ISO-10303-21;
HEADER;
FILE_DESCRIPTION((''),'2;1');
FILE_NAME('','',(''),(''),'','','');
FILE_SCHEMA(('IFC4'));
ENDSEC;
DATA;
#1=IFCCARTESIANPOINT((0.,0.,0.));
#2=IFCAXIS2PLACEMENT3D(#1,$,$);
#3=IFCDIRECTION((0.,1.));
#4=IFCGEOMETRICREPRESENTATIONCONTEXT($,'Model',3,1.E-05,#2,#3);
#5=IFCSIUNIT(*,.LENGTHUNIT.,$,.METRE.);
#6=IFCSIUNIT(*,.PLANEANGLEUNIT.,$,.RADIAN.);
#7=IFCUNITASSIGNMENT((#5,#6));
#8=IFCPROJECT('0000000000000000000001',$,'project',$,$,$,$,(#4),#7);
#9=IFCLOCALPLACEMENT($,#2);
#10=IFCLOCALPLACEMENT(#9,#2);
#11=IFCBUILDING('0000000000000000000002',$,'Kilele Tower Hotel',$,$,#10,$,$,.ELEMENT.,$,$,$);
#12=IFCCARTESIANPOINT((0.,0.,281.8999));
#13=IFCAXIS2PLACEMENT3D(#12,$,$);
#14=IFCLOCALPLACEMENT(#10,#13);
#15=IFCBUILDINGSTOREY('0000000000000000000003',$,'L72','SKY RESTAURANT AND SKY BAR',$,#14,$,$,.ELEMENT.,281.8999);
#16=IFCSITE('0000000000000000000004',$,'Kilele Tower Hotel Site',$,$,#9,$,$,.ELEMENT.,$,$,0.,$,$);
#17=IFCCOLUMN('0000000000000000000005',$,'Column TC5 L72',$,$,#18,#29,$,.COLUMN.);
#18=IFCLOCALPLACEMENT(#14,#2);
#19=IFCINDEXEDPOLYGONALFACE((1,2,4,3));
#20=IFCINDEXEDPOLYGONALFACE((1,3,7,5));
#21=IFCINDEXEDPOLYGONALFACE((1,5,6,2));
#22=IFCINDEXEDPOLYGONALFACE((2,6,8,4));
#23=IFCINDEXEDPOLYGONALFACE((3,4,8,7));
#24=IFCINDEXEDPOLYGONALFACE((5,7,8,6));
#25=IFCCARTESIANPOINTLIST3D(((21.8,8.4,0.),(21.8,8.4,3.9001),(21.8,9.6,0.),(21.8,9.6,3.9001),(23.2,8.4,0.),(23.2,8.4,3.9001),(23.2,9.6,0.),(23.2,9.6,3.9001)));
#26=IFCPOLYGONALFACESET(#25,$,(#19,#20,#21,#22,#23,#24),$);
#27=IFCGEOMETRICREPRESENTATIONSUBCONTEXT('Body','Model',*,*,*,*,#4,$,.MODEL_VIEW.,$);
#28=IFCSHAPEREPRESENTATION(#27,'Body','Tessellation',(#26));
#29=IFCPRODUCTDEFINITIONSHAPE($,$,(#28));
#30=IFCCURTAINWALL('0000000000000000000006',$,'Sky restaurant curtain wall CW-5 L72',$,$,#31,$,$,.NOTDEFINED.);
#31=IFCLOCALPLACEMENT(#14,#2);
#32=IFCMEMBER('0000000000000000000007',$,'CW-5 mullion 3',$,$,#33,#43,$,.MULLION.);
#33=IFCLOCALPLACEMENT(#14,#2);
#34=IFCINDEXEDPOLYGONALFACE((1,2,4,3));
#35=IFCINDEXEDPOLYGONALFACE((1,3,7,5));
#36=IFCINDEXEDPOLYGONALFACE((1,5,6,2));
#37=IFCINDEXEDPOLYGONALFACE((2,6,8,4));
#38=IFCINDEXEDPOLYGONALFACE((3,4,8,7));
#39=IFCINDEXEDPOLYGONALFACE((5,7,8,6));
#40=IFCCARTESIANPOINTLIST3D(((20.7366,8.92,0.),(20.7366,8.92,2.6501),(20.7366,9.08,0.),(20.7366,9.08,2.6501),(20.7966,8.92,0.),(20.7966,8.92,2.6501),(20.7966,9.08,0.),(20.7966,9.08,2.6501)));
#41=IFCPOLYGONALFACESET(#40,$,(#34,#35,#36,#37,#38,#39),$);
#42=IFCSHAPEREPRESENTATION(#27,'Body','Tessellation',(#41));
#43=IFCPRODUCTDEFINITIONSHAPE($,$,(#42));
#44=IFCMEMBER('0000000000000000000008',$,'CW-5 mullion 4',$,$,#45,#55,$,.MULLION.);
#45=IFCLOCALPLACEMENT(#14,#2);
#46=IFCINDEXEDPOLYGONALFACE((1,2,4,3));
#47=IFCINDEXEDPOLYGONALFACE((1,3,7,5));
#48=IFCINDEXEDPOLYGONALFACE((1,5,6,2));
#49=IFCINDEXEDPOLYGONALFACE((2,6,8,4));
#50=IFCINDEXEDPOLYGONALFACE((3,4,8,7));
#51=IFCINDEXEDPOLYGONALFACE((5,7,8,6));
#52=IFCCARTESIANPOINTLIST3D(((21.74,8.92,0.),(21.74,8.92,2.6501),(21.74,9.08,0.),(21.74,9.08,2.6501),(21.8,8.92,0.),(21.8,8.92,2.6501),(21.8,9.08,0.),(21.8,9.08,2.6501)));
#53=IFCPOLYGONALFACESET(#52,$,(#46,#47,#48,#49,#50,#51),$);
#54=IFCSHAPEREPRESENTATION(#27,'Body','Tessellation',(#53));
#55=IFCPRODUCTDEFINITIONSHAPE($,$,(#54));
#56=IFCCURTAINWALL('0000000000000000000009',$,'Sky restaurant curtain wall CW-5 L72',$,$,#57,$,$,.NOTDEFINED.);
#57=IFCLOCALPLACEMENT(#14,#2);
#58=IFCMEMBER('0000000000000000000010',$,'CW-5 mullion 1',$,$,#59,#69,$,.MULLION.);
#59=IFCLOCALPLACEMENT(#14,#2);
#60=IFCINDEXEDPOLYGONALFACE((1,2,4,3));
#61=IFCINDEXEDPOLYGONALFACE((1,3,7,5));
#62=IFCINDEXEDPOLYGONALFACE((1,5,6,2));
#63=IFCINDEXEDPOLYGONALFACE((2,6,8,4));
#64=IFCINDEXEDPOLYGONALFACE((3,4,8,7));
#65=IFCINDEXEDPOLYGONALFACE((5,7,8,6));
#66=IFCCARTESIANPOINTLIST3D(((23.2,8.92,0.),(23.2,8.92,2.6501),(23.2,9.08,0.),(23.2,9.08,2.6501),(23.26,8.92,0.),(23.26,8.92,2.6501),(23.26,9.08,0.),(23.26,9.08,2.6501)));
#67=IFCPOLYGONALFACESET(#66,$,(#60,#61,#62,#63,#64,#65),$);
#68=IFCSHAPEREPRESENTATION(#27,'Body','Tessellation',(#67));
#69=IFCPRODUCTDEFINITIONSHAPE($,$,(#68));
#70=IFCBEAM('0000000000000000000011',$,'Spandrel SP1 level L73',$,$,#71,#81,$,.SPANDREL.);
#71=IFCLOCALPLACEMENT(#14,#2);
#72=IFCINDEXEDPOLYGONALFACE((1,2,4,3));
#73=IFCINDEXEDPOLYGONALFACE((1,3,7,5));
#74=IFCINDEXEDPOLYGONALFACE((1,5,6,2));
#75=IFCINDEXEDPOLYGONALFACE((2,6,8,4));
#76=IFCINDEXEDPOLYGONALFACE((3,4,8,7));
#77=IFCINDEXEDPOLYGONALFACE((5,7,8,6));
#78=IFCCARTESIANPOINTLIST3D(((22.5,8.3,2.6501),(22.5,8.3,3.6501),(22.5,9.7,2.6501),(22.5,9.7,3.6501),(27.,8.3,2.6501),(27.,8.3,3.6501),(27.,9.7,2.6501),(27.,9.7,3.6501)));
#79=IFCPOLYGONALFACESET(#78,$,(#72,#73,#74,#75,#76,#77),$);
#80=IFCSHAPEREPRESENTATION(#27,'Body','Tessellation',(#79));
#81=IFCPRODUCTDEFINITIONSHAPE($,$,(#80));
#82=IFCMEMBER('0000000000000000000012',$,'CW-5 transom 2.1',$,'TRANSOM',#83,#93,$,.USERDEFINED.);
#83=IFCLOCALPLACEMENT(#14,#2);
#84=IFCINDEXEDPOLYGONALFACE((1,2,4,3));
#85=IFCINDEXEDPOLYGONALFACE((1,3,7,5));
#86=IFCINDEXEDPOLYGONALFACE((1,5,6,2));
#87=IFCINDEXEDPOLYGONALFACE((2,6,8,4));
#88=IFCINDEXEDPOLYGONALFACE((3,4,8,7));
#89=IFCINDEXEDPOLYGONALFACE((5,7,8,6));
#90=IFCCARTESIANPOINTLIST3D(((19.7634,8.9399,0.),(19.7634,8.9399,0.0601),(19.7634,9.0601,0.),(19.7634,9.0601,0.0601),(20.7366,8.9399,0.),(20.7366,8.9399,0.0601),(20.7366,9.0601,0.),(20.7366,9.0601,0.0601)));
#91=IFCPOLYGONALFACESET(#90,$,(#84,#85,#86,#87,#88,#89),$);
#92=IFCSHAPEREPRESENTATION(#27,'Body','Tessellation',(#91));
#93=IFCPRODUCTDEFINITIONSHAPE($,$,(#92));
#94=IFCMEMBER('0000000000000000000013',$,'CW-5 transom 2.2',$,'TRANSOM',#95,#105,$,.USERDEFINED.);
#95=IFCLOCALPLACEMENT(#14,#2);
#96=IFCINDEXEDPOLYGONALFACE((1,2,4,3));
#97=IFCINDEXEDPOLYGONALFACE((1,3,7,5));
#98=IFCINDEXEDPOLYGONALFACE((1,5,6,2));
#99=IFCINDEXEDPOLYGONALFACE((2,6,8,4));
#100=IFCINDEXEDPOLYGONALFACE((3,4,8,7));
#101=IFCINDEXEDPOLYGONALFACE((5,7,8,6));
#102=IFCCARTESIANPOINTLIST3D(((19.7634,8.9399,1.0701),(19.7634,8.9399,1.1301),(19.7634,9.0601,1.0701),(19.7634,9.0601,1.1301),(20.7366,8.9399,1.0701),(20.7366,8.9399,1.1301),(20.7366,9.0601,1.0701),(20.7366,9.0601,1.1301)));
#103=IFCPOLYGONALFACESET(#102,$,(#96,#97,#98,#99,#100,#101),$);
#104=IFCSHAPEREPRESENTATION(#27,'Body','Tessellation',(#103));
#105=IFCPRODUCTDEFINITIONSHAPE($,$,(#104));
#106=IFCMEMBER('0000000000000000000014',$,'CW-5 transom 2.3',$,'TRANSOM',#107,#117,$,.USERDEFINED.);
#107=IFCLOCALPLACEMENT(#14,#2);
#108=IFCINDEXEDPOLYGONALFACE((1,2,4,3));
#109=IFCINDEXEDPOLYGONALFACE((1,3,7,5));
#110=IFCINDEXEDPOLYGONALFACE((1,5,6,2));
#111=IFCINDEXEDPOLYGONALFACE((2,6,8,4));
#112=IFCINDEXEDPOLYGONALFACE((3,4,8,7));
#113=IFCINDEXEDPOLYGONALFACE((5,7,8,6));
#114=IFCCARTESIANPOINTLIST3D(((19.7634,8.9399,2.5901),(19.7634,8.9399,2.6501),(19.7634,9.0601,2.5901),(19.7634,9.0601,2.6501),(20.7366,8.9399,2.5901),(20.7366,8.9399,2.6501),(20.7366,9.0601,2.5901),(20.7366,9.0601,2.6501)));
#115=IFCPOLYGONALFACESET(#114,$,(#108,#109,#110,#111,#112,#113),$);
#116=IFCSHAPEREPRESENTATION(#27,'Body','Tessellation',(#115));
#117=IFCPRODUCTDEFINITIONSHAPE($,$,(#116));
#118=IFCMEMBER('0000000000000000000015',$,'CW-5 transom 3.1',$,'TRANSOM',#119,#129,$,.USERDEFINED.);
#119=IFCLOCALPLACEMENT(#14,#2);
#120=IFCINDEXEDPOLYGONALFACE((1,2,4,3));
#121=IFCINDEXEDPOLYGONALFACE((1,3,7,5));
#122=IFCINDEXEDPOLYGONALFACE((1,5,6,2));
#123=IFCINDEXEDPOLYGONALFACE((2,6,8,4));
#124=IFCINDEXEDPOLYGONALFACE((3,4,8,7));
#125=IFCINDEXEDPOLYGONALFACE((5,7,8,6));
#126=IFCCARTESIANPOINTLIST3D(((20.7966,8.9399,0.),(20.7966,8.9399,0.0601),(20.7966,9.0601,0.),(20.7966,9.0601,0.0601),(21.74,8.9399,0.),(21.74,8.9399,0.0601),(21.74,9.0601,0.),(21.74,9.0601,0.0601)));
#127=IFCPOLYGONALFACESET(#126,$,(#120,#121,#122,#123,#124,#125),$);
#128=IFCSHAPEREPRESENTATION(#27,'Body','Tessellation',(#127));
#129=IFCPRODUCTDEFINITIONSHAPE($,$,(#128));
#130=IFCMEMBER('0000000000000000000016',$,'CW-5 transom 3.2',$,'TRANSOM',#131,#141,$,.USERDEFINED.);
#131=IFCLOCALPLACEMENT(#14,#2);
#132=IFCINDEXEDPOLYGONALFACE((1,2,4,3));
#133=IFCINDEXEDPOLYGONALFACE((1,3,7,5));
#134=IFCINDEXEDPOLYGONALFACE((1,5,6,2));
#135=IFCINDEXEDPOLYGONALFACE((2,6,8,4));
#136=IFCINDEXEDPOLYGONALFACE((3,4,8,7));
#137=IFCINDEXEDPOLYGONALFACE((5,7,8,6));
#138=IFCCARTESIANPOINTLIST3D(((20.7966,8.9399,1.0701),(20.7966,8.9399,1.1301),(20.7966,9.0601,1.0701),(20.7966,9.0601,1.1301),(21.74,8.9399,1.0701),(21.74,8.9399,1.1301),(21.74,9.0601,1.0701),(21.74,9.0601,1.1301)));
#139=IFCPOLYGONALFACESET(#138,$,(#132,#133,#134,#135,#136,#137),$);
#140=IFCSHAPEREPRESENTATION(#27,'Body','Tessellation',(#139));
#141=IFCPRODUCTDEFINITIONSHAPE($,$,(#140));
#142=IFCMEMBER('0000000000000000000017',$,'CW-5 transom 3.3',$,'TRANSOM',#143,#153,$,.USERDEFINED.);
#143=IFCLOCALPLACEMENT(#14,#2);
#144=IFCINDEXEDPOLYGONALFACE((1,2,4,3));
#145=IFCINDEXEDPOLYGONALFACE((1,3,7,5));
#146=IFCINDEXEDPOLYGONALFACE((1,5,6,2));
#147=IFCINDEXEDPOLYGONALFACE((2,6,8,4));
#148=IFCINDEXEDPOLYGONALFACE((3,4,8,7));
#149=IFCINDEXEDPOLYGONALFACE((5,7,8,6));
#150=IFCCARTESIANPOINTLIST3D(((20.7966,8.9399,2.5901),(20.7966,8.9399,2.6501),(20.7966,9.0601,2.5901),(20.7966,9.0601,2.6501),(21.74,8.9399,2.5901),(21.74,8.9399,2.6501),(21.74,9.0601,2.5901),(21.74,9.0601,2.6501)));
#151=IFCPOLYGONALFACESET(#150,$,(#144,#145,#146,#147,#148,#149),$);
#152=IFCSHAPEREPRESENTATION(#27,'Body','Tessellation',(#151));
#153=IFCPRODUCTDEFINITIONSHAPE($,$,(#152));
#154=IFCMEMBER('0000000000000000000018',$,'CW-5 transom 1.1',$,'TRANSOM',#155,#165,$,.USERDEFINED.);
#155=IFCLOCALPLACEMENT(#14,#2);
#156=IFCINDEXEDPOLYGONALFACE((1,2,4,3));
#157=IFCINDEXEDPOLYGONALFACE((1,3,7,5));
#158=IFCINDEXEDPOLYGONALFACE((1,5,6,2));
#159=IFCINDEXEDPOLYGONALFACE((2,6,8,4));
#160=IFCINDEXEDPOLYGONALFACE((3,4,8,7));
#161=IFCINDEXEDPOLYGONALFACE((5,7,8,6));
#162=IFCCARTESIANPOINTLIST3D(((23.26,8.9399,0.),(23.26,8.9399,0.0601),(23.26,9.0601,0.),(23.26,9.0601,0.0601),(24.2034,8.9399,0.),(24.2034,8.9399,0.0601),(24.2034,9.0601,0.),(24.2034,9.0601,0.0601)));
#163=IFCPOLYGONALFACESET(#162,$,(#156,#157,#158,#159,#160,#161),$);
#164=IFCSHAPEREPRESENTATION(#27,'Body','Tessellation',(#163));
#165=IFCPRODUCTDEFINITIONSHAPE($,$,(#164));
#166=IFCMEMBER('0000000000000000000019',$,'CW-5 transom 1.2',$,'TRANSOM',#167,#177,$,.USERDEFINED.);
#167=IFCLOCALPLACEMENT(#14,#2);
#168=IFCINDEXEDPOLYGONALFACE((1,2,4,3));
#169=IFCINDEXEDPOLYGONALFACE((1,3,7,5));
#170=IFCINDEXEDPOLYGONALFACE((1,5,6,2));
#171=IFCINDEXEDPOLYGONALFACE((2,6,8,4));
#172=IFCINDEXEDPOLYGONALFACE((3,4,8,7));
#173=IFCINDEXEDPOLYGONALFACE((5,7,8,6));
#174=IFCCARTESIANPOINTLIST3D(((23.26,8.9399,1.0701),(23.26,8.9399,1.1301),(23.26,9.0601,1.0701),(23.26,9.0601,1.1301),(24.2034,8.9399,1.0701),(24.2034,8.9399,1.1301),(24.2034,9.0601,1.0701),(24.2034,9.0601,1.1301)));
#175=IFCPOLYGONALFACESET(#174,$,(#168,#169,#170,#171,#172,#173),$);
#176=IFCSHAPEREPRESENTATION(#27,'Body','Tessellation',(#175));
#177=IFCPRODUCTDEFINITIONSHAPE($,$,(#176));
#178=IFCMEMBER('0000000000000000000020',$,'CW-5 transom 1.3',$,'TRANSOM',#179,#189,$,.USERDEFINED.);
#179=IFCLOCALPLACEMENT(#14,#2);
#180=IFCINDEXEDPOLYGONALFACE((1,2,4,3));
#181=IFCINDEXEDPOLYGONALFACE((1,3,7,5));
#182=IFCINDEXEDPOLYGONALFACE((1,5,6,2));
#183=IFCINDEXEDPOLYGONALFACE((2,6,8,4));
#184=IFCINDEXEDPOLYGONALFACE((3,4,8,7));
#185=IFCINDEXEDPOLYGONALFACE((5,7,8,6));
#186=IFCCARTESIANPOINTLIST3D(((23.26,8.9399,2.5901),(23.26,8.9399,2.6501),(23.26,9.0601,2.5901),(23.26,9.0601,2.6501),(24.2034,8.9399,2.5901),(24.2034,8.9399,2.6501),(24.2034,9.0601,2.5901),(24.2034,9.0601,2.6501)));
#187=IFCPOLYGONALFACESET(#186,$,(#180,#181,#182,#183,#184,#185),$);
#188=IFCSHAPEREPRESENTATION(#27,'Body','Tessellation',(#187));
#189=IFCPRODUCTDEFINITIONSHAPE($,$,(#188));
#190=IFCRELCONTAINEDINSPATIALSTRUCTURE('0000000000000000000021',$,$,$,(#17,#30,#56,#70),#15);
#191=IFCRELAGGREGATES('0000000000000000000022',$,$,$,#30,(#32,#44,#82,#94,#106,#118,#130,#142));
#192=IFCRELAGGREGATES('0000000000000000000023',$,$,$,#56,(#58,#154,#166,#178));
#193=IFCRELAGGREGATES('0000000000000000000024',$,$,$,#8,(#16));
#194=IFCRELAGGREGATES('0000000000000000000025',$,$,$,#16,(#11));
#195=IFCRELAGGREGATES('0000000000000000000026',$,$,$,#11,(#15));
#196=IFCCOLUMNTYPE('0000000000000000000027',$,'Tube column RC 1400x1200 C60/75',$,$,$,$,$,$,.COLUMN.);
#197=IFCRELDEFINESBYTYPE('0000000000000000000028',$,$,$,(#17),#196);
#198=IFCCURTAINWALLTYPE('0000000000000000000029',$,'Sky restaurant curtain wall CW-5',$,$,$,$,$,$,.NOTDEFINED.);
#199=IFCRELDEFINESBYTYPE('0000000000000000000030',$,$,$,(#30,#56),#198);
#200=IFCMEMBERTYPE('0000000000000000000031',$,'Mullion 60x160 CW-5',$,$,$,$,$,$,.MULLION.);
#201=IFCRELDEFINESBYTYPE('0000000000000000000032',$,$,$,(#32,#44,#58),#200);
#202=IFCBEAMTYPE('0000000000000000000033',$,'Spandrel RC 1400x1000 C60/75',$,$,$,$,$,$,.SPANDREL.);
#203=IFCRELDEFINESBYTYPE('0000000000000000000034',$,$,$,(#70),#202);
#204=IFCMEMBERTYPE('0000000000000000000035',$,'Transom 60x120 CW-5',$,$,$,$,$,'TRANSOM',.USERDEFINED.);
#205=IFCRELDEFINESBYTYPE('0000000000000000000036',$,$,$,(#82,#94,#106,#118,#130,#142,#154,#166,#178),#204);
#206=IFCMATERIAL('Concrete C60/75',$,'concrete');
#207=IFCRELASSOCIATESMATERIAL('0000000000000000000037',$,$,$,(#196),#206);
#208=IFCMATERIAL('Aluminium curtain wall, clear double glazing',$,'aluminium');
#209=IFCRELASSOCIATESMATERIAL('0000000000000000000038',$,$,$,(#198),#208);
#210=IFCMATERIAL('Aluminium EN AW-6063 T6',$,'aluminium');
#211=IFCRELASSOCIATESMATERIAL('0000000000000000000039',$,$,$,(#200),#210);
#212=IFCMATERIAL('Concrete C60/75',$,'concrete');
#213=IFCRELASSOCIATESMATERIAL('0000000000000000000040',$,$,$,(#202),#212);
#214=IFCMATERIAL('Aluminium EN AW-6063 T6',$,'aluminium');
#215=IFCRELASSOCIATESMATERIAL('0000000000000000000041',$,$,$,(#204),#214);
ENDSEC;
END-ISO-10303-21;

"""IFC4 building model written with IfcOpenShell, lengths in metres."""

from ifc_helpers import new_model, si_unit, direction, frame, origin, origin_2d, place, context, subcontext, project, spatial, rectangle, extrude, material, material_profile, profile_set, type_object, element, aggregate, save


model = new_model("IFC4")

# Units and contexts
model_context = context("Model", 3, precision=1e-05, world=origin(), true_north=direction((0.0, 1.0)))
body_context = subcontext(model_context, "Body", "Model", "MODEL_VIEW")
ifc_project = project(units=[si_unit("LENGTHUNIT", "METRE"), si_unit("PLANEANGLEUNIT", "RADIAN")], contexts=[model_context])

# Site, building, storey
site_placement = place(None, origin())
site = spatial("IfcSite", under=ifc_project, at=site_placement, Name="Kilele Tower Hotel Site", CompositionType="ELEMENT", RefElevation=0.0)
building_placement = place(site_placement, origin())
building = spatial("IfcBuilding", under=site, at=building_placement, Name="Kilele Tower Hotel", CompositionType="ELEMENT")
storey_placement = place(building_placement, frame((0.0, 0.0, 281.8999)))
storey = spatial("IfcBuildingStorey", under=building, at=storey_placement, Name="L72", Description="SKY RESTAURANT AND SKY BAR", CompositionType="ELEMENT", Elevation=281.8999)

# Column
ifc_material_1 = material(Name="Concrete C60/75", Category="concrete")
ifc_material_profile_1 = material_profile(ifc_material_1, rectangle(XDim=1.3999, YDim=1.2, at=origin_2d()))
ifc_profile_set_1 = profile_set([ifc_material_profile_1], Name="Concrete C60/75")
column_type = type_object("IfcColumnType", Name="Tube column RC 1400x1200 C60/75", PredefinedType="COLUMN", material=ifc_profile_set_1)
column_placement = place(storey_placement, frame((22.5, 9.0, 0.0), z_axis=(0.0, 0.0, 1.0), x_axis=(1.0, 0.0, 0.0)))
element("IfcColumn", 1, at=column_placement, inside=storey, type_object=column_type, Name="Column TC5 L72", PredefinedType="COLUMN", context=body_context, shape_type="SweptSolid", body=[
    extrude(rectangle(XDim=1.3999, YDim=1.2, at=origin_2d()), origin(), (0.0, 0.0, 1.0), 3.9001),
])

# Curtain wall, members
ifc_material_2 = material(Name="Aluminium curtain wall, clear double glazing", Category="aluminium")
curtain_wall_type = type_object("IfcCurtainWallType", Name="Sky restaurant curtain wall CW-5", PredefinedType="NOTDEFINED", material=ifc_material_2)
curtain_wall_1_placement = place(storey_placement, origin())
curtain_wall_1 = element("IfcCurtainWall", 2, at=curtain_wall_1_placement, inside=storey, type_object=curtain_wall_type, Name="Sky restaurant curtain wall CW-5 L72", PredefinedType="NOTDEFINED")
ifc_material_3 = material(Name="Aluminium EN AW-6063 T6", Category="aluminium")
ifc_material_profile_2 = material_profile(ifc_material_3, rectangle(XDim=0.1599, YDim=0.0601, at=origin_2d()))
ifc_profile_set_2 = profile_set([ifc_material_profile_2], Name="Aluminium EN AW-6063 T6")
member_type_1 = type_object("IfcMemberType", Name="Mullion 60x160 CW-5", PredefinedType="MULLION", material=ifc_profile_set_2)
member_1_placement = place(storey_placement, frame((20.7666, 9.0, 0.0), z_axis=(0.0, 0.0, 1.0), x_axis=(0.0, 1.0, 0.0)))
member_1 = element("IfcMember", 3, at=member_1_placement, type_object=member_type_1, Name="CW-5 mullion 3", PredefinedType="MULLION", context=body_context, shape_type="SweptSolid", body=[
    extrude(rectangle(XDim=0.1599, YDim=0.0601, at=origin_2d()), origin(), (0.0, 0.0, 1.0), 2.6501),
])
member_2_placement = place(storey_placement, frame((21.77, 9.0, 0.0), z_axis=(0.0, 0.0, 1.0), x_axis=(0.0, 1.0, 0.0)))
member_2 = element("IfcMember", 4, at=member_2_placement, type_object=member_type_1, Name="CW-5 mullion 4", PredefinedType="MULLION", context=body_context, shape_type="SweptSolid", body=[
    extrude(rectangle(XDim=0.1599, YDim=0.0601, at=origin_2d()), origin(), (0.0, 0.0, 1.0), 2.6501),
])

# Curtain wall, member
curtain_wall_2_placement = place(storey_placement, origin())
curtain_wall_2 = element("IfcCurtainWall", 5, at=curtain_wall_2_placement, inside=storey, type_object=curtain_wall_type, Name="Sky restaurant curtain wall CW-5 L72", PredefinedType="NOTDEFINED")
member_3_placement = place(storey_placement, frame((23.23, 9.0, 0.0), z_axis=(0.0, 0.0, 1.0), x_axis=(0.0, 1.0, 0.0)))
member_3 = element("IfcMember", 6, at=member_3_placement, type_object=member_type_1, Name="CW-5 mullion 1", PredefinedType="MULLION", context=body_context, shape_type="SweptSolid", body=[
    extrude(rectangle(XDim=0.1599, YDim=0.0601, at=origin_2d()), origin(), (0.0, 0.0, 1.0), 2.6501),
])

# Beam
ifc_material_4 = material(Name="Concrete C60/75", Category="concrete")
ifc_material_profile_3 = material_profile(ifc_material_4, rectangle(XDim=1.3999, YDim=1.0, at=origin_2d()))
ifc_profile_set_3 = profile_set([ifc_material_profile_3], Name="Concrete C60/75")
beam_type = type_object("IfcBeamType", Name="Spandrel RC 1400x1000 C60/75", PredefinedType="SPANDREL", material=ifc_profile_set_3)
beam_placement = place(storey_placement, frame((22.5, 9.0, 3.1501), z_axis=(1.0, 0.0, 0.0), x_axis=(0.0, 1.0, 0.0)))
element("IfcBeam", 7, at=beam_placement, inside=storey, type_object=beam_type, Name="Spandrel SP1 level L73", PredefinedType="SPANDREL", context=body_context, shape_type="SweptSolid", body=[
    extrude(rectangle(XDim=1.3999, YDim=1.0, at=origin_2d()), origin(), (0.0, 0.0, 1.0), 4.5),
])

# Members
ifc_material_5 = material(Name="Aluminium EN AW-6063 T6", Category="aluminium")
ifc_material_profile_4 = material_profile(ifc_material_5, rectangle(XDim=0.1201, YDim=0.0601, at=origin_2d()))
ifc_profile_set_4 = profile_set([ifc_material_profile_4], Name="Aluminium EN AW-6063 T6")
member_type_2 = type_object("IfcMemberType", Name="Transom 60x120 CW-5", ElementType="TRANSOM", PredefinedType="USERDEFINED", material=ifc_profile_set_4)
member_4_placement = place(storey_placement, frame((19.7634, 9.0, 0.03), z_axis=(1.0, 0.0, 0.0), x_axis=(0.0, 1.0, 0.0)))
member_4 = element("IfcMember", 8, at=member_4_placement, type_object=member_type_2, Name="CW-5 transom 2.1", ObjectType="TRANSOM", PredefinedType="USERDEFINED", context=body_context, shape_type="SweptSolid", body=[
    extrude(rectangle(XDim=0.1201, YDim=0.0601, at=origin_2d()), origin(), (0.0, 0.0, 1.0), 0.9731),
])
member_5_placement = place(storey_placement, frame((19.7634, 9.0, 1.1001), z_axis=(1.0, 0.0, 0.0), x_axis=(0.0, 1.0, 0.0)))
member_5 = element("IfcMember", 9, at=member_5_placement, type_object=member_type_2, Name="CW-5 transom 2.2", ObjectType="TRANSOM", PredefinedType="USERDEFINED", context=body_context, shape_type="SweptSolid", body=[
    extrude(rectangle(XDim=0.1201, YDim=0.0601, at=origin_2d()), origin(), (0.0, 0.0, 1.0), 0.9731),
])
member_6_placement = place(storey_placement, frame((19.7634, 9.0, 2.6201), z_axis=(1.0, 0.0, 0.0), x_axis=(0.0, 1.0, 0.0)))
member_6 = element("IfcMember", 10, at=member_6_placement, type_object=member_type_2, Name="CW-5 transom 2.3", ObjectType="TRANSOM", PredefinedType="USERDEFINED", context=body_context, shape_type="SweptSolid", body=[
    extrude(rectangle(XDim=0.1201, YDim=0.0601, at=origin_2d()), origin(), (0.0, 0.0, 1.0), 0.9731),
])
member_7_placement = place(storey_placement, frame((20.7966, 9.0, 0.03), z_axis=(1.0, 0.0, 0.0), x_axis=(0.0, 1.0, 0.0)))
member_7 = element("IfcMember", 11, at=member_7_placement, type_object=member_type_2, Name="CW-5 transom 3.1", ObjectType="TRANSOM", PredefinedType="USERDEFINED", context=body_context, shape_type="SweptSolid", body=[
    extrude(rectangle(XDim=0.1201, YDim=0.0601, at=origin_2d()), origin(), (0.0, 0.0, 1.0), 0.9434),
])
member_8_placement = place(storey_placement, frame((20.7966, 9.0, 1.1001), z_axis=(1.0, 0.0, 0.0), x_axis=(0.0, 1.0, 0.0)))
member_8 = element("IfcMember", 12, at=member_8_placement, type_object=member_type_2, Name="CW-5 transom 3.2", ObjectType="TRANSOM", PredefinedType="USERDEFINED", context=body_context, shape_type="SweptSolid", body=[
    extrude(rectangle(XDim=0.1201, YDim=0.0601, at=origin_2d()), origin(), (0.0, 0.0, 1.0), 0.9434),
])
member_9_placement = place(storey_placement, frame((20.7966, 9.0, 2.6201), z_axis=(1.0, 0.0, 0.0), x_axis=(0.0, 1.0, 0.0)))
member_9 = element("IfcMember", 13, at=member_9_placement, type_object=member_type_2, Name="CW-5 transom 3.3", ObjectType="TRANSOM", PredefinedType="USERDEFINED", context=body_context, shape_type="SweptSolid", body=[
    extrude(rectangle(XDim=0.1201, YDim=0.0601, at=origin_2d()), origin(), (0.0, 0.0, 1.0), 0.9434),
])
member_10_placement = place(storey_placement, frame((23.26, 9.0, 0.03), z_axis=(1.0, 0.0, 0.0), x_axis=(0.0, 1.0, 0.0)))
member_10 = element("IfcMember", 14, at=member_10_placement, type_object=member_type_2, Name="CW-5 transom 1.1", ObjectType="TRANSOM", PredefinedType="USERDEFINED", context=body_context, shape_type="SweptSolid", body=[
    extrude(rectangle(XDim=0.1201, YDim=0.0601, at=origin_2d()), origin(), (0.0, 0.0, 1.0), 0.9434),
])
member_11_placement = place(storey_placement, frame((23.26, 9.0, 1.1001), z_axis=(1.0, 0.0, 0.0), x_axis=(0.0, 1.0, 0.0)))
member_11 = element("IfcMember", 15, at=member_11_placement, type_object=member_type_2, Name="CW-5 transom 1.2", ObjectType="TRANSOM", PredefinedType="USERDEFINED", context=body_context, shape_type="SweptSolid", body=[
    extrude(rectangle(XDim=0.1201, YDim=0.0601, at=origin_2d()), origin(), (0.0, 0.0, 1.0), 0.9434),
])
member_12_placement = place(storey_placement, frame((23.26, 9.0, 2.6201), z_axis=(1.0, 0.0, 0.0), x_axis=(0.0, 1.0, 0.0)))
member_12 = element("IfcMember", 16, at=member_12_placement, type_object=member_type_2, Name="CW-5 transom 1.3", ObjectType="TRANSOM", PredefinedType="USERDEFINED", context=body_context, shape_type="SweptSolid", body=[
    extrude(rectangle(XDim=0.1201, YDim=0.0601, at=origin_2d()), origin(), (0.0, 0.0, 1.0), 0.9434),
])

aggregate(curtain_wall_1, [member_1, member_2, member_4, member_5, member_6, member_7, member_8, member_9])
aggregate(curtain_wall_2, [member_3, member_10, member_11, member_12])

save(model, "model.ifc")
